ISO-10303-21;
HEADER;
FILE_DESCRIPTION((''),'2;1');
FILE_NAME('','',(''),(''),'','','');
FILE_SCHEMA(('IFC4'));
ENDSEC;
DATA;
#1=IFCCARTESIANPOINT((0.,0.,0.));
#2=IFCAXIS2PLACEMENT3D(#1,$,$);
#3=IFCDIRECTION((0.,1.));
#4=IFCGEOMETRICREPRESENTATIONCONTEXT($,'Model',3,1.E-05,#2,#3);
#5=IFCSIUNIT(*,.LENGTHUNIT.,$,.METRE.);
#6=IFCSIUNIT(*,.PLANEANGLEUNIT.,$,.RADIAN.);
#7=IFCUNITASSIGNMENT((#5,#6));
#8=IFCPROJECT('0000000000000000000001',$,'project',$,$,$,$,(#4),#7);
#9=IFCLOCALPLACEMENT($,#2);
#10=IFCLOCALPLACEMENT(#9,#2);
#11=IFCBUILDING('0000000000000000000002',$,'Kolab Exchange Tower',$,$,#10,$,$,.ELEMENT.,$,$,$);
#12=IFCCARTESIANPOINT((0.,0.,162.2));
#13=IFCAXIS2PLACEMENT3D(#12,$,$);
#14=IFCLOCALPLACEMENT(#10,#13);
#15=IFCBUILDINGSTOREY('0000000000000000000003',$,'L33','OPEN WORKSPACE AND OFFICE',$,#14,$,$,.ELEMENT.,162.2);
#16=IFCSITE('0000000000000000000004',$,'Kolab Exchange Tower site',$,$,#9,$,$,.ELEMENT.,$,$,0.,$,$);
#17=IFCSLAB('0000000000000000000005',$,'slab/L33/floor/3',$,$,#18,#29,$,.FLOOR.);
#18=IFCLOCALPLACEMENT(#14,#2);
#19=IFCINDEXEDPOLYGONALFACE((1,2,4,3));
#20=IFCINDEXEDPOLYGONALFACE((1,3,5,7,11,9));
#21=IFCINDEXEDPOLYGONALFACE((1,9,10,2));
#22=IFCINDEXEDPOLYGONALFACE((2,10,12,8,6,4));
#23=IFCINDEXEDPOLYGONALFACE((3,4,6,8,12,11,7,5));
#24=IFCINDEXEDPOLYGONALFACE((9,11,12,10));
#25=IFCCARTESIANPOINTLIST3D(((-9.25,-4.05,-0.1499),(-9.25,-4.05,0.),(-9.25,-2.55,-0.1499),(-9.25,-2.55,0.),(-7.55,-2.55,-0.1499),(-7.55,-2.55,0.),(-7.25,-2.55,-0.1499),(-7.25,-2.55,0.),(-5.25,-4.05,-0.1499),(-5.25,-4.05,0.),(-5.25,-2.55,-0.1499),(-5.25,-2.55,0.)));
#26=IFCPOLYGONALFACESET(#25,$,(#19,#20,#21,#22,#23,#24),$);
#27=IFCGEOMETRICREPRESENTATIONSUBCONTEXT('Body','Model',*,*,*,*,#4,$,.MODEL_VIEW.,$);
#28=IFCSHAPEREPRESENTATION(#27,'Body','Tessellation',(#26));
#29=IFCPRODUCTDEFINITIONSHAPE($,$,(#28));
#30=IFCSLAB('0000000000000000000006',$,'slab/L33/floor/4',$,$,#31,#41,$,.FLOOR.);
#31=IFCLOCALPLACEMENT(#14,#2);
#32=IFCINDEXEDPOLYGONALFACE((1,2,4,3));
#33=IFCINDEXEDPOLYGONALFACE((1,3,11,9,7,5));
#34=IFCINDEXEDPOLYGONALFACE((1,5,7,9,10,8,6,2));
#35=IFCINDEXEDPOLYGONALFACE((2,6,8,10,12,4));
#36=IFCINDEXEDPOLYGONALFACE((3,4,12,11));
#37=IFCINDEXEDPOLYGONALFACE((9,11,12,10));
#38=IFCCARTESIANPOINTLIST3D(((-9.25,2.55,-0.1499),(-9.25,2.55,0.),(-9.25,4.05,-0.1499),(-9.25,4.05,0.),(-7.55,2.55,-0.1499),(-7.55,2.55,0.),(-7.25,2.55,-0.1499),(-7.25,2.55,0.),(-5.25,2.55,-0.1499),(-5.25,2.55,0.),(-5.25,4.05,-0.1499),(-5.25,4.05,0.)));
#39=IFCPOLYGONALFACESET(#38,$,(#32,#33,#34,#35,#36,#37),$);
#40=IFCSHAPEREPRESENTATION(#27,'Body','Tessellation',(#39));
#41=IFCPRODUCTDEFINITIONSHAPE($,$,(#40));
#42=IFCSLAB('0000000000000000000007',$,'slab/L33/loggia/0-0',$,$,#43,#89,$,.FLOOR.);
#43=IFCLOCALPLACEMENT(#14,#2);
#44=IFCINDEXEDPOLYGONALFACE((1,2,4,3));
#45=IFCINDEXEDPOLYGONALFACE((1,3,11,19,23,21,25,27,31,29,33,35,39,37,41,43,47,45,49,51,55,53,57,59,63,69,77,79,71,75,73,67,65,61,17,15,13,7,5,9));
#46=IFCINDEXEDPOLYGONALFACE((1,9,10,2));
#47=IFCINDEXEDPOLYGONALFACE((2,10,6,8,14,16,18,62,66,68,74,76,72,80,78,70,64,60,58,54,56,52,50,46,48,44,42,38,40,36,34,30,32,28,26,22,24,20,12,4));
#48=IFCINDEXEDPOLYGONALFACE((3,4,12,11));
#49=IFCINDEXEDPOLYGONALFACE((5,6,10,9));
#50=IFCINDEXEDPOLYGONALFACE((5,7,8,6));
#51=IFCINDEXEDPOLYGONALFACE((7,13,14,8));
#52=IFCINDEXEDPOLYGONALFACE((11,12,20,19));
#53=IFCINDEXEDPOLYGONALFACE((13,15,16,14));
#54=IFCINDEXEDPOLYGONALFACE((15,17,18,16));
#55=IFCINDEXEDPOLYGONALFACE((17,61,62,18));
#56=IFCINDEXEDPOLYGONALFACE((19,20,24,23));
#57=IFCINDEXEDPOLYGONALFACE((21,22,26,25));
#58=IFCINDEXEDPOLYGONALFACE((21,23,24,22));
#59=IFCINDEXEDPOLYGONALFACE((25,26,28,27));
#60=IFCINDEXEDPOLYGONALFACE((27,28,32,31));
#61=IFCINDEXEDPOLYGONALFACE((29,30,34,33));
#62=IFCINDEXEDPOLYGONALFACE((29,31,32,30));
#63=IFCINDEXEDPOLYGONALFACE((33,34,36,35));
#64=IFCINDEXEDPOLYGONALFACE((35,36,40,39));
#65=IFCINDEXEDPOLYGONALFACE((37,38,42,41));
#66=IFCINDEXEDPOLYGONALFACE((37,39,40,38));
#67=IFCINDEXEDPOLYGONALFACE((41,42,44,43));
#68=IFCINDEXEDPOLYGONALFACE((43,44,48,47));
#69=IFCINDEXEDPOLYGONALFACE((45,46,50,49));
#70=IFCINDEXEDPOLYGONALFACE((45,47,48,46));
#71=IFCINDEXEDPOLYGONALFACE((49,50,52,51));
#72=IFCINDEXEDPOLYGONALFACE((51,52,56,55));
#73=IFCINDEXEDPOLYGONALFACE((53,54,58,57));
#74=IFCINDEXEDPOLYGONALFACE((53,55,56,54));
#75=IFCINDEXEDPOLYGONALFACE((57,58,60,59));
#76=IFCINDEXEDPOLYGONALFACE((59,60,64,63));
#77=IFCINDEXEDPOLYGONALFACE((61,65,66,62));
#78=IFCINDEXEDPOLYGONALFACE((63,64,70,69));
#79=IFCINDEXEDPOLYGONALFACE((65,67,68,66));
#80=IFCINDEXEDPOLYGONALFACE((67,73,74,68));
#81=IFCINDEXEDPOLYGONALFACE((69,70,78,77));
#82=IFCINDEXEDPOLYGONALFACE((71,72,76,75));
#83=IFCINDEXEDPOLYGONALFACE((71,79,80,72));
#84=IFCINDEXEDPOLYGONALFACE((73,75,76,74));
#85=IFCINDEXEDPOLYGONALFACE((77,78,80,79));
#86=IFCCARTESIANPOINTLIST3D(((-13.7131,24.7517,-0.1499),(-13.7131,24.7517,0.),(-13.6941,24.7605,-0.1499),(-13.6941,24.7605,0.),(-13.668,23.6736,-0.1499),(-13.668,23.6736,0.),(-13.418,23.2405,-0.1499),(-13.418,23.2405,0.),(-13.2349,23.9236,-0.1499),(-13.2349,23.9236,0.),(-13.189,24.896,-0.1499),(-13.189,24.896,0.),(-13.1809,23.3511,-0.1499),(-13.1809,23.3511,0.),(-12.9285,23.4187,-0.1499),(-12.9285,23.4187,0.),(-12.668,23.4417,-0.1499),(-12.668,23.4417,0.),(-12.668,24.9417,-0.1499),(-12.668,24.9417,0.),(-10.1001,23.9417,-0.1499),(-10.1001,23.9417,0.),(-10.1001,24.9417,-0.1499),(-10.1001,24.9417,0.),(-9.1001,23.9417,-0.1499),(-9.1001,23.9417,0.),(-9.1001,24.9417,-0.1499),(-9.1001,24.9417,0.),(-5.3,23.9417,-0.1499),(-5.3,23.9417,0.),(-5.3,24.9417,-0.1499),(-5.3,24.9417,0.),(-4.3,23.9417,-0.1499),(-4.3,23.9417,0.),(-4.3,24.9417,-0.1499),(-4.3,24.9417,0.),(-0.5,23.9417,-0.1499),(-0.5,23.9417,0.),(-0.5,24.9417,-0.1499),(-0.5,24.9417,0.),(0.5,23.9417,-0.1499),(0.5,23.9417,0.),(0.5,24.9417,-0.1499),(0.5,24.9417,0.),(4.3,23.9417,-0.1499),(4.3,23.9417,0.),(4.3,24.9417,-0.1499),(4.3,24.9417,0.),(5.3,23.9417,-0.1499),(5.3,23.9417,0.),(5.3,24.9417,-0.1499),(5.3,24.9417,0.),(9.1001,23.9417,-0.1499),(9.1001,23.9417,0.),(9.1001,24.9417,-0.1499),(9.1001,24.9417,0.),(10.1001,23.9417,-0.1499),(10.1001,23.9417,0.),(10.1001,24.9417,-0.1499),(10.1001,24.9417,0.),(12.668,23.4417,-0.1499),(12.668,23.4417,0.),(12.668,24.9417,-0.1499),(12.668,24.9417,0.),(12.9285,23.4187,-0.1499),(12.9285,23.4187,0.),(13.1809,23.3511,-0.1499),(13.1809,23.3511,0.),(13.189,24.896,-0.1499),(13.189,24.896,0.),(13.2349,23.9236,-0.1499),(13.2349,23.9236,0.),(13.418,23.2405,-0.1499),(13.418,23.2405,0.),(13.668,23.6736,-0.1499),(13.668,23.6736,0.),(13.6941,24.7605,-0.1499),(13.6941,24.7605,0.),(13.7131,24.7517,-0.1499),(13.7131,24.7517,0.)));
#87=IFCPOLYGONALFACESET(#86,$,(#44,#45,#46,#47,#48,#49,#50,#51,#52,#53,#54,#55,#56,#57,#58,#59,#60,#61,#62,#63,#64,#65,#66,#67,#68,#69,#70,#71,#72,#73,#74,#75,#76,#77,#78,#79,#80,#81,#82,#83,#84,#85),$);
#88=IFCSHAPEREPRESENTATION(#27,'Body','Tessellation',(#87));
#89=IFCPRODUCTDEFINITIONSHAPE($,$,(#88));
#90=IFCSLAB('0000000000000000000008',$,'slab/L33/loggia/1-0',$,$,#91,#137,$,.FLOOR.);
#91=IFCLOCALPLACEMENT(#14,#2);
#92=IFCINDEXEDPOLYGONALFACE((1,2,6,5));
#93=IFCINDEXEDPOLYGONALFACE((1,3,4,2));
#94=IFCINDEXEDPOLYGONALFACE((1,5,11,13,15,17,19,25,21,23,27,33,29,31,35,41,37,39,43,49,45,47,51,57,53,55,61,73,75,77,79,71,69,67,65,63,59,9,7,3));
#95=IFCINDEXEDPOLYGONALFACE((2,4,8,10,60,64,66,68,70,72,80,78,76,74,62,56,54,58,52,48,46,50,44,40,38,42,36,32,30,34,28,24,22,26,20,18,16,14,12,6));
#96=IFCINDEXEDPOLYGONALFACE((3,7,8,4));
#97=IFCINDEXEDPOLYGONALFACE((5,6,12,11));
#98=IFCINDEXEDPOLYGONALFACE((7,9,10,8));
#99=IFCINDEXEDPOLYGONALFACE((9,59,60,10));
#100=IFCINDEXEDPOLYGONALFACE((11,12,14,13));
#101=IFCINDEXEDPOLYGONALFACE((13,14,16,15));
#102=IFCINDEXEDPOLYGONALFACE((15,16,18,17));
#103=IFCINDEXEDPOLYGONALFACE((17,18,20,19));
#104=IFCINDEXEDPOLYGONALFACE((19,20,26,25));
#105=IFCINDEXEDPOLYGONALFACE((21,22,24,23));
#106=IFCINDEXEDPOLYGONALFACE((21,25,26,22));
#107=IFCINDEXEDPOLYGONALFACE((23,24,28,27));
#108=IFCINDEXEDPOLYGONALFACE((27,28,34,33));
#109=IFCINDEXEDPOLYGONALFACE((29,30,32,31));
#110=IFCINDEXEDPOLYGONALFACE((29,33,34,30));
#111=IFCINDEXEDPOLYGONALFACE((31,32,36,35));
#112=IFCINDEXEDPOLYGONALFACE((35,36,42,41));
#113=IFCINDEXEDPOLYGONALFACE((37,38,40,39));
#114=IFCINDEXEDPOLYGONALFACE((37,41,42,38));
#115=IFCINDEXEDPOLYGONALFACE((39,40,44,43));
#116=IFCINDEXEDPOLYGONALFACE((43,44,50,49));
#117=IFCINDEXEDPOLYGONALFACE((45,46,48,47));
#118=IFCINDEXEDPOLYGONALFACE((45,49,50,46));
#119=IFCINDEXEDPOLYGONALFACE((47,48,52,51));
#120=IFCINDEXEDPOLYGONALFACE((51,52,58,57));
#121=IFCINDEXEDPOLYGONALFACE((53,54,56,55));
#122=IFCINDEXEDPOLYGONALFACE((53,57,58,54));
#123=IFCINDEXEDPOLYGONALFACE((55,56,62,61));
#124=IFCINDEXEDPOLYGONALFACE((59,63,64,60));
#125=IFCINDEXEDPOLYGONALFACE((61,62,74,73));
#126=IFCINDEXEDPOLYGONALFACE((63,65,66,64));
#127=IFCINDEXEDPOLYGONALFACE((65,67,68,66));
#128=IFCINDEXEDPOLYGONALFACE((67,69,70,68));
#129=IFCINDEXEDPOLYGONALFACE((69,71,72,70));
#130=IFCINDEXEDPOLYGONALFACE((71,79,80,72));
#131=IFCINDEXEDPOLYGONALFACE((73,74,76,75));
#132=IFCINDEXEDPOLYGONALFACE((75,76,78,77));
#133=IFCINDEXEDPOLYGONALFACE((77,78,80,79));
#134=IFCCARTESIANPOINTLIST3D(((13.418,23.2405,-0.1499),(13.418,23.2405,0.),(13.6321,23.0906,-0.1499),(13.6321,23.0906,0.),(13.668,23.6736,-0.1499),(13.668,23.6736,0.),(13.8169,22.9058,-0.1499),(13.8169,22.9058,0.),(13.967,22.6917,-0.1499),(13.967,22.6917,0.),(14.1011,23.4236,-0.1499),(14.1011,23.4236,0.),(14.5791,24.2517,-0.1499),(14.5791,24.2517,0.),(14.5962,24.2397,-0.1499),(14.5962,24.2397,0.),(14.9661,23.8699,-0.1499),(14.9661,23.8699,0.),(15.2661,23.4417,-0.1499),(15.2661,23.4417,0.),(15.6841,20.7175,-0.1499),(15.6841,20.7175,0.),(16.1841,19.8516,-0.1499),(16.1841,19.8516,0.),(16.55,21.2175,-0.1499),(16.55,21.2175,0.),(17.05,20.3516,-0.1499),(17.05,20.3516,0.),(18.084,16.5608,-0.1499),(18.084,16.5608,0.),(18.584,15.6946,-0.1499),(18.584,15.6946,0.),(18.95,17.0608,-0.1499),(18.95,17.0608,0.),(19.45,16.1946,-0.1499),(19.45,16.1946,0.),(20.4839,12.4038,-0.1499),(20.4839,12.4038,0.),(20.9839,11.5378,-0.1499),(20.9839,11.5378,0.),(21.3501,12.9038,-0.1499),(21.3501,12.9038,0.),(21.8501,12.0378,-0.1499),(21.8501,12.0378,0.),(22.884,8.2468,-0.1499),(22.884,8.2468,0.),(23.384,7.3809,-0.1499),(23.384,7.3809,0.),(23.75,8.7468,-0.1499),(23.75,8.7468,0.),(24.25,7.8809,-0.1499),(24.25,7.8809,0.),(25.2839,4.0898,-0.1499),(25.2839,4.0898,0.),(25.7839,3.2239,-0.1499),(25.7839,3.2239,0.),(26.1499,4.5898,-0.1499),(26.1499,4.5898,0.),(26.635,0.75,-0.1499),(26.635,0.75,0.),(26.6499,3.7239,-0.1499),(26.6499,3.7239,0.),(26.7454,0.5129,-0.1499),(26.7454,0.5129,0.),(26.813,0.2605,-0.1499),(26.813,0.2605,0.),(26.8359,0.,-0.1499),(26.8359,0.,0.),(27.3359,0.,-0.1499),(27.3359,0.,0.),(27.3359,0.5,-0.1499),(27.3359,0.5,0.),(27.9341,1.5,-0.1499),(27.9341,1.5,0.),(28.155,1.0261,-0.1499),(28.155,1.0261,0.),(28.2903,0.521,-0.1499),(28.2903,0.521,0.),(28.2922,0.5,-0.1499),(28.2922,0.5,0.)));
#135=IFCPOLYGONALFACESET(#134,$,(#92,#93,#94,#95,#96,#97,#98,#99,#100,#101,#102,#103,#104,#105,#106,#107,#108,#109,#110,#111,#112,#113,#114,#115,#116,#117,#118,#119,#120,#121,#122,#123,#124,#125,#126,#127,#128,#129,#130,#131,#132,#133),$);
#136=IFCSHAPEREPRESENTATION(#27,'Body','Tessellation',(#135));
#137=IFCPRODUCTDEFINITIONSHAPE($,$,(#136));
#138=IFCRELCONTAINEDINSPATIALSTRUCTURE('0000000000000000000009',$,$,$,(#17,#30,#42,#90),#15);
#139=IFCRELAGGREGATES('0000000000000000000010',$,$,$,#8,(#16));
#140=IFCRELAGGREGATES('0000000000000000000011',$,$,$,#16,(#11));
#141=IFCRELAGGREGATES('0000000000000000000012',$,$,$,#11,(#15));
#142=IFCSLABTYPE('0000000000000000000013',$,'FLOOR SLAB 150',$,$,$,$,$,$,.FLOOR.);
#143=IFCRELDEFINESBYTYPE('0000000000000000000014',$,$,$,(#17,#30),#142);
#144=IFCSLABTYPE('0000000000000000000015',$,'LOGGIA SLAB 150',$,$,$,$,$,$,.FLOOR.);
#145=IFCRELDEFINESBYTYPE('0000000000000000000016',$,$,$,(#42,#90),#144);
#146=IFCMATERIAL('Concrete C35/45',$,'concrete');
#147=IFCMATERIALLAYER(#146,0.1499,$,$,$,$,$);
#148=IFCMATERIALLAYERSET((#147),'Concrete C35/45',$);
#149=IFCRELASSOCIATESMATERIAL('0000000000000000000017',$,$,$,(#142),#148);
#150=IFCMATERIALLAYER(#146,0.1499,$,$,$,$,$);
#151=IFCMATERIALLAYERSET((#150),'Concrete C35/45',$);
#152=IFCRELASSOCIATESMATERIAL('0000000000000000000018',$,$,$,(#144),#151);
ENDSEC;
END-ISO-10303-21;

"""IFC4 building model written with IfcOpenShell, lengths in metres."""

from ifc_helpers import new_model, si_unit, direction, frame, origin, place, context, subcontext, project, spatial, polyline, outline, extrude, material, layer, layer_set, type_object, element, save


model = new_model("IFC4")

# Units and contexts
model_context = context("Model", 3, precision=1e-05, world=origin(), true_north=direction((0.0, 1.0)))
body_context = subcontext(model_context, "Body", "Model", "MODEL_VIEW")
ifc_project = project(units=[si_unit("LENGTHUNIT", "METRE"), si_unit("PLANEANGLEUNIT", "RADIAN")], contexts=[model_context])

# Site, building, storey
site_placement = place(None, origin())
site = spatial("IfcSite", under=ifc_project, at=site_placement, Name="Kolab Exchange Tower site", CompositionType="ELEMENT", RefElevation=0.0)
building_placement = place(site_placement, origin())
building = spatial("IfcBuilding", under=site, at=building_placement, Name="Kolab Exchange Tower", CompositionType="ELEMENT")
storey_placement = place(building_placement, frame((0.0, 0.0, 162.2)))
storey = spatial("IfcBuildingStorey", under=building, at=storey_placement, Name="L33", Description="OPEN WORKSPACE AND OFFICE", CompositionType="ELEMENT", Elevation=162.2)

# Slabs
ifc_material_1 = material(Name="Concrete C35/45", Category="concrete")
ifc_layer_1 = layer(ifc_material_1, 0.1499)
ifc_layer_set_1 = layer_set([ifc_layer_1], Name="Concrete C35/45")
slab_type_1 = type_object("IfcSlabType", Name="FLOOR SLAB 150", PredefinedType="FLOOR", material=ifc_layer_set_1)
slab_1_placement = place(storey_placement, frame((0.0, 0.0, -0.1499)))
element("IfcSlab", 1, at=slab_1_placement, inside=storey, type_object=slab_type_1, Name="slab/L33/floor/3", PredefinedType="FLOOR", context=body_context, shape_type="SweptSolid", body=[
    extrude(outline(polyline([(-7.55, -2.55), (-9.25, -2.55), (-9.25, -4.05), (-5.25, -4.05), (-5.25, -2.55), (-7.25, -2.55), (-7.55, -2.55)])), origin(), (0.0, 0.0, 1.0), 0.1499),
])
slab_2_placement = place(storey_placement, frame((0.0, 0.0, -0.1499)))
element("IfcSlab", 2, at=slab_2_placement, inside=storey, type_object=slab_type_1, Name="slab/L33/floor/4", PredefinedType="FLOOR", context=body_context, shape_type="SweptSolid", body=[
    extrude(outline(polyline([(-9.25, 2.55), (-7.55, 2.55), (-7.25, 2.55), (-5.25, 2.55), (-5.25, 4.05), (-9.25, 4.05), (-9.25, 2.55)])), origin(), (0.0, 0.0, 1.0), 0.1499),
])
ifc_layer_2 = layer(ifc_material_1, 0.1499)
ifc_layer_set_2 = layer_set([ifc_layer_2], Name="Concrete C35/45")
slab_type_2 = type_object("IfcSlabType", Name="LOGGIA SLAB 150", PredefinedType="FLOOR", material=ifc_layer_set_2)
slab_3_placement = place(storey_placement, frame((0.0, 0.0, -0.1499)))
element("IfcSlab", 3, at=slab_3_placement, inside=storey, type_object=slab_type_2, Name="slab/L33/loggia/0-0", PredefinedType="FLOOR", context=body_context, shape_type="SweptSolid", body=[
    extrude(outline(polyline([(13.418, 23.2405), (13.668, 23.6736), (13.2349, 23.9236), (13.7131, 24.7517), (13.6941, 24.7605), (13.189, 24.896), (12.668, 24.9417), (10.1001, 24.9417), (10.1001, 23.9417), (9.1001, 23.9417), (9.1001, 24.9417), (5.3, 24.9417), (5.3, 23.9417), (4.3, 23.9417), (4.3, 24.9417), (0.5, 24.9417), (0.5, 23.9417), (-0.5, 23.9417), (-0.5, 24.9417), (-4.3, 24.9417), (-4.3, 23.9417), (-5.3, 23.9417), (-5.3, 24.9417), (-9.1001, 24.9417), (-9.1001, 23.9417), (-10.1001, 23.9417), (-10.1001, 24.9417), (-12.668, 24.9417), (-13.189, 24.896), (-13.6941, 24.7605), (-13.7131, 24.7517), (-13.2349, 23.9236), (-13.668, 23.6736), (-13.418, 23.2405), (-13.1809, 23.3511), (-12.9285, 23.4187), (-12.668, 23.4417), (12.668, 23.4417), (12.9285, 23.4187), (13.1809, 23.3511), (13.418, 23.2405)])), origin(), (0.0, 0.0, 1.0), 0.1499),
])
slab_4_placement = place(storey_placement, frame((0.0, 0.0, -0.1499)))
element("IfcSlab", 4, at=slab_4_placement, inside=storey, type_object=slab_type_2, Name="slab/L33/loggia/1-0", PredefinedType="FLOOR", context=body_context, shape_type="SweptSolid", body=[
    extrude(outline(polyline([(26.8359, 0.0), (27.3359, 0.0), (27.3359, 0.5), (28.2922, 0.5), (28.2903, 0.521), (28.155, 1.0261), (27.9341, 1.5), (26.6499, 3.7239), (25.7839, 3.2239), (25.2839, 4.0898), (26.1499, 4.5898), (24.25, 7.8809), (23.384, 7.3809), (22.884, 8.2468), (23.75, 8.7468), (21.8501, 12.0378), (20.9839, 11.5378), (20.4839, 12.4038), (21.3501, 12.9038), (19.45, 16.1946), (18.584, 15.6946), (18.084, 16.5608), (18.95, 17.0608), (17.05, 20.3516), (16.1841, 19.8516), (15.6841, 20.7175), (16.55, 21.2175), (15.2661, 23.4417), (14.9661, 23.8699), (14.5962, 24.2397), (14.5791, 24.2517), (14.1011, 23.4236), (13.668, 23.6736), (13.418, 23.2405), (13.6321, 23.0906), (13.8169, 22.9058), (13.967, 22.6917), (26.635, 0.75), (26.7454, 0.5129), (26.813, 0.2605), (26.8359, 0.0)])), origin(), (0.0, 0.0, 1.0), 0.1499),
])

save(model, "model.ifc")
